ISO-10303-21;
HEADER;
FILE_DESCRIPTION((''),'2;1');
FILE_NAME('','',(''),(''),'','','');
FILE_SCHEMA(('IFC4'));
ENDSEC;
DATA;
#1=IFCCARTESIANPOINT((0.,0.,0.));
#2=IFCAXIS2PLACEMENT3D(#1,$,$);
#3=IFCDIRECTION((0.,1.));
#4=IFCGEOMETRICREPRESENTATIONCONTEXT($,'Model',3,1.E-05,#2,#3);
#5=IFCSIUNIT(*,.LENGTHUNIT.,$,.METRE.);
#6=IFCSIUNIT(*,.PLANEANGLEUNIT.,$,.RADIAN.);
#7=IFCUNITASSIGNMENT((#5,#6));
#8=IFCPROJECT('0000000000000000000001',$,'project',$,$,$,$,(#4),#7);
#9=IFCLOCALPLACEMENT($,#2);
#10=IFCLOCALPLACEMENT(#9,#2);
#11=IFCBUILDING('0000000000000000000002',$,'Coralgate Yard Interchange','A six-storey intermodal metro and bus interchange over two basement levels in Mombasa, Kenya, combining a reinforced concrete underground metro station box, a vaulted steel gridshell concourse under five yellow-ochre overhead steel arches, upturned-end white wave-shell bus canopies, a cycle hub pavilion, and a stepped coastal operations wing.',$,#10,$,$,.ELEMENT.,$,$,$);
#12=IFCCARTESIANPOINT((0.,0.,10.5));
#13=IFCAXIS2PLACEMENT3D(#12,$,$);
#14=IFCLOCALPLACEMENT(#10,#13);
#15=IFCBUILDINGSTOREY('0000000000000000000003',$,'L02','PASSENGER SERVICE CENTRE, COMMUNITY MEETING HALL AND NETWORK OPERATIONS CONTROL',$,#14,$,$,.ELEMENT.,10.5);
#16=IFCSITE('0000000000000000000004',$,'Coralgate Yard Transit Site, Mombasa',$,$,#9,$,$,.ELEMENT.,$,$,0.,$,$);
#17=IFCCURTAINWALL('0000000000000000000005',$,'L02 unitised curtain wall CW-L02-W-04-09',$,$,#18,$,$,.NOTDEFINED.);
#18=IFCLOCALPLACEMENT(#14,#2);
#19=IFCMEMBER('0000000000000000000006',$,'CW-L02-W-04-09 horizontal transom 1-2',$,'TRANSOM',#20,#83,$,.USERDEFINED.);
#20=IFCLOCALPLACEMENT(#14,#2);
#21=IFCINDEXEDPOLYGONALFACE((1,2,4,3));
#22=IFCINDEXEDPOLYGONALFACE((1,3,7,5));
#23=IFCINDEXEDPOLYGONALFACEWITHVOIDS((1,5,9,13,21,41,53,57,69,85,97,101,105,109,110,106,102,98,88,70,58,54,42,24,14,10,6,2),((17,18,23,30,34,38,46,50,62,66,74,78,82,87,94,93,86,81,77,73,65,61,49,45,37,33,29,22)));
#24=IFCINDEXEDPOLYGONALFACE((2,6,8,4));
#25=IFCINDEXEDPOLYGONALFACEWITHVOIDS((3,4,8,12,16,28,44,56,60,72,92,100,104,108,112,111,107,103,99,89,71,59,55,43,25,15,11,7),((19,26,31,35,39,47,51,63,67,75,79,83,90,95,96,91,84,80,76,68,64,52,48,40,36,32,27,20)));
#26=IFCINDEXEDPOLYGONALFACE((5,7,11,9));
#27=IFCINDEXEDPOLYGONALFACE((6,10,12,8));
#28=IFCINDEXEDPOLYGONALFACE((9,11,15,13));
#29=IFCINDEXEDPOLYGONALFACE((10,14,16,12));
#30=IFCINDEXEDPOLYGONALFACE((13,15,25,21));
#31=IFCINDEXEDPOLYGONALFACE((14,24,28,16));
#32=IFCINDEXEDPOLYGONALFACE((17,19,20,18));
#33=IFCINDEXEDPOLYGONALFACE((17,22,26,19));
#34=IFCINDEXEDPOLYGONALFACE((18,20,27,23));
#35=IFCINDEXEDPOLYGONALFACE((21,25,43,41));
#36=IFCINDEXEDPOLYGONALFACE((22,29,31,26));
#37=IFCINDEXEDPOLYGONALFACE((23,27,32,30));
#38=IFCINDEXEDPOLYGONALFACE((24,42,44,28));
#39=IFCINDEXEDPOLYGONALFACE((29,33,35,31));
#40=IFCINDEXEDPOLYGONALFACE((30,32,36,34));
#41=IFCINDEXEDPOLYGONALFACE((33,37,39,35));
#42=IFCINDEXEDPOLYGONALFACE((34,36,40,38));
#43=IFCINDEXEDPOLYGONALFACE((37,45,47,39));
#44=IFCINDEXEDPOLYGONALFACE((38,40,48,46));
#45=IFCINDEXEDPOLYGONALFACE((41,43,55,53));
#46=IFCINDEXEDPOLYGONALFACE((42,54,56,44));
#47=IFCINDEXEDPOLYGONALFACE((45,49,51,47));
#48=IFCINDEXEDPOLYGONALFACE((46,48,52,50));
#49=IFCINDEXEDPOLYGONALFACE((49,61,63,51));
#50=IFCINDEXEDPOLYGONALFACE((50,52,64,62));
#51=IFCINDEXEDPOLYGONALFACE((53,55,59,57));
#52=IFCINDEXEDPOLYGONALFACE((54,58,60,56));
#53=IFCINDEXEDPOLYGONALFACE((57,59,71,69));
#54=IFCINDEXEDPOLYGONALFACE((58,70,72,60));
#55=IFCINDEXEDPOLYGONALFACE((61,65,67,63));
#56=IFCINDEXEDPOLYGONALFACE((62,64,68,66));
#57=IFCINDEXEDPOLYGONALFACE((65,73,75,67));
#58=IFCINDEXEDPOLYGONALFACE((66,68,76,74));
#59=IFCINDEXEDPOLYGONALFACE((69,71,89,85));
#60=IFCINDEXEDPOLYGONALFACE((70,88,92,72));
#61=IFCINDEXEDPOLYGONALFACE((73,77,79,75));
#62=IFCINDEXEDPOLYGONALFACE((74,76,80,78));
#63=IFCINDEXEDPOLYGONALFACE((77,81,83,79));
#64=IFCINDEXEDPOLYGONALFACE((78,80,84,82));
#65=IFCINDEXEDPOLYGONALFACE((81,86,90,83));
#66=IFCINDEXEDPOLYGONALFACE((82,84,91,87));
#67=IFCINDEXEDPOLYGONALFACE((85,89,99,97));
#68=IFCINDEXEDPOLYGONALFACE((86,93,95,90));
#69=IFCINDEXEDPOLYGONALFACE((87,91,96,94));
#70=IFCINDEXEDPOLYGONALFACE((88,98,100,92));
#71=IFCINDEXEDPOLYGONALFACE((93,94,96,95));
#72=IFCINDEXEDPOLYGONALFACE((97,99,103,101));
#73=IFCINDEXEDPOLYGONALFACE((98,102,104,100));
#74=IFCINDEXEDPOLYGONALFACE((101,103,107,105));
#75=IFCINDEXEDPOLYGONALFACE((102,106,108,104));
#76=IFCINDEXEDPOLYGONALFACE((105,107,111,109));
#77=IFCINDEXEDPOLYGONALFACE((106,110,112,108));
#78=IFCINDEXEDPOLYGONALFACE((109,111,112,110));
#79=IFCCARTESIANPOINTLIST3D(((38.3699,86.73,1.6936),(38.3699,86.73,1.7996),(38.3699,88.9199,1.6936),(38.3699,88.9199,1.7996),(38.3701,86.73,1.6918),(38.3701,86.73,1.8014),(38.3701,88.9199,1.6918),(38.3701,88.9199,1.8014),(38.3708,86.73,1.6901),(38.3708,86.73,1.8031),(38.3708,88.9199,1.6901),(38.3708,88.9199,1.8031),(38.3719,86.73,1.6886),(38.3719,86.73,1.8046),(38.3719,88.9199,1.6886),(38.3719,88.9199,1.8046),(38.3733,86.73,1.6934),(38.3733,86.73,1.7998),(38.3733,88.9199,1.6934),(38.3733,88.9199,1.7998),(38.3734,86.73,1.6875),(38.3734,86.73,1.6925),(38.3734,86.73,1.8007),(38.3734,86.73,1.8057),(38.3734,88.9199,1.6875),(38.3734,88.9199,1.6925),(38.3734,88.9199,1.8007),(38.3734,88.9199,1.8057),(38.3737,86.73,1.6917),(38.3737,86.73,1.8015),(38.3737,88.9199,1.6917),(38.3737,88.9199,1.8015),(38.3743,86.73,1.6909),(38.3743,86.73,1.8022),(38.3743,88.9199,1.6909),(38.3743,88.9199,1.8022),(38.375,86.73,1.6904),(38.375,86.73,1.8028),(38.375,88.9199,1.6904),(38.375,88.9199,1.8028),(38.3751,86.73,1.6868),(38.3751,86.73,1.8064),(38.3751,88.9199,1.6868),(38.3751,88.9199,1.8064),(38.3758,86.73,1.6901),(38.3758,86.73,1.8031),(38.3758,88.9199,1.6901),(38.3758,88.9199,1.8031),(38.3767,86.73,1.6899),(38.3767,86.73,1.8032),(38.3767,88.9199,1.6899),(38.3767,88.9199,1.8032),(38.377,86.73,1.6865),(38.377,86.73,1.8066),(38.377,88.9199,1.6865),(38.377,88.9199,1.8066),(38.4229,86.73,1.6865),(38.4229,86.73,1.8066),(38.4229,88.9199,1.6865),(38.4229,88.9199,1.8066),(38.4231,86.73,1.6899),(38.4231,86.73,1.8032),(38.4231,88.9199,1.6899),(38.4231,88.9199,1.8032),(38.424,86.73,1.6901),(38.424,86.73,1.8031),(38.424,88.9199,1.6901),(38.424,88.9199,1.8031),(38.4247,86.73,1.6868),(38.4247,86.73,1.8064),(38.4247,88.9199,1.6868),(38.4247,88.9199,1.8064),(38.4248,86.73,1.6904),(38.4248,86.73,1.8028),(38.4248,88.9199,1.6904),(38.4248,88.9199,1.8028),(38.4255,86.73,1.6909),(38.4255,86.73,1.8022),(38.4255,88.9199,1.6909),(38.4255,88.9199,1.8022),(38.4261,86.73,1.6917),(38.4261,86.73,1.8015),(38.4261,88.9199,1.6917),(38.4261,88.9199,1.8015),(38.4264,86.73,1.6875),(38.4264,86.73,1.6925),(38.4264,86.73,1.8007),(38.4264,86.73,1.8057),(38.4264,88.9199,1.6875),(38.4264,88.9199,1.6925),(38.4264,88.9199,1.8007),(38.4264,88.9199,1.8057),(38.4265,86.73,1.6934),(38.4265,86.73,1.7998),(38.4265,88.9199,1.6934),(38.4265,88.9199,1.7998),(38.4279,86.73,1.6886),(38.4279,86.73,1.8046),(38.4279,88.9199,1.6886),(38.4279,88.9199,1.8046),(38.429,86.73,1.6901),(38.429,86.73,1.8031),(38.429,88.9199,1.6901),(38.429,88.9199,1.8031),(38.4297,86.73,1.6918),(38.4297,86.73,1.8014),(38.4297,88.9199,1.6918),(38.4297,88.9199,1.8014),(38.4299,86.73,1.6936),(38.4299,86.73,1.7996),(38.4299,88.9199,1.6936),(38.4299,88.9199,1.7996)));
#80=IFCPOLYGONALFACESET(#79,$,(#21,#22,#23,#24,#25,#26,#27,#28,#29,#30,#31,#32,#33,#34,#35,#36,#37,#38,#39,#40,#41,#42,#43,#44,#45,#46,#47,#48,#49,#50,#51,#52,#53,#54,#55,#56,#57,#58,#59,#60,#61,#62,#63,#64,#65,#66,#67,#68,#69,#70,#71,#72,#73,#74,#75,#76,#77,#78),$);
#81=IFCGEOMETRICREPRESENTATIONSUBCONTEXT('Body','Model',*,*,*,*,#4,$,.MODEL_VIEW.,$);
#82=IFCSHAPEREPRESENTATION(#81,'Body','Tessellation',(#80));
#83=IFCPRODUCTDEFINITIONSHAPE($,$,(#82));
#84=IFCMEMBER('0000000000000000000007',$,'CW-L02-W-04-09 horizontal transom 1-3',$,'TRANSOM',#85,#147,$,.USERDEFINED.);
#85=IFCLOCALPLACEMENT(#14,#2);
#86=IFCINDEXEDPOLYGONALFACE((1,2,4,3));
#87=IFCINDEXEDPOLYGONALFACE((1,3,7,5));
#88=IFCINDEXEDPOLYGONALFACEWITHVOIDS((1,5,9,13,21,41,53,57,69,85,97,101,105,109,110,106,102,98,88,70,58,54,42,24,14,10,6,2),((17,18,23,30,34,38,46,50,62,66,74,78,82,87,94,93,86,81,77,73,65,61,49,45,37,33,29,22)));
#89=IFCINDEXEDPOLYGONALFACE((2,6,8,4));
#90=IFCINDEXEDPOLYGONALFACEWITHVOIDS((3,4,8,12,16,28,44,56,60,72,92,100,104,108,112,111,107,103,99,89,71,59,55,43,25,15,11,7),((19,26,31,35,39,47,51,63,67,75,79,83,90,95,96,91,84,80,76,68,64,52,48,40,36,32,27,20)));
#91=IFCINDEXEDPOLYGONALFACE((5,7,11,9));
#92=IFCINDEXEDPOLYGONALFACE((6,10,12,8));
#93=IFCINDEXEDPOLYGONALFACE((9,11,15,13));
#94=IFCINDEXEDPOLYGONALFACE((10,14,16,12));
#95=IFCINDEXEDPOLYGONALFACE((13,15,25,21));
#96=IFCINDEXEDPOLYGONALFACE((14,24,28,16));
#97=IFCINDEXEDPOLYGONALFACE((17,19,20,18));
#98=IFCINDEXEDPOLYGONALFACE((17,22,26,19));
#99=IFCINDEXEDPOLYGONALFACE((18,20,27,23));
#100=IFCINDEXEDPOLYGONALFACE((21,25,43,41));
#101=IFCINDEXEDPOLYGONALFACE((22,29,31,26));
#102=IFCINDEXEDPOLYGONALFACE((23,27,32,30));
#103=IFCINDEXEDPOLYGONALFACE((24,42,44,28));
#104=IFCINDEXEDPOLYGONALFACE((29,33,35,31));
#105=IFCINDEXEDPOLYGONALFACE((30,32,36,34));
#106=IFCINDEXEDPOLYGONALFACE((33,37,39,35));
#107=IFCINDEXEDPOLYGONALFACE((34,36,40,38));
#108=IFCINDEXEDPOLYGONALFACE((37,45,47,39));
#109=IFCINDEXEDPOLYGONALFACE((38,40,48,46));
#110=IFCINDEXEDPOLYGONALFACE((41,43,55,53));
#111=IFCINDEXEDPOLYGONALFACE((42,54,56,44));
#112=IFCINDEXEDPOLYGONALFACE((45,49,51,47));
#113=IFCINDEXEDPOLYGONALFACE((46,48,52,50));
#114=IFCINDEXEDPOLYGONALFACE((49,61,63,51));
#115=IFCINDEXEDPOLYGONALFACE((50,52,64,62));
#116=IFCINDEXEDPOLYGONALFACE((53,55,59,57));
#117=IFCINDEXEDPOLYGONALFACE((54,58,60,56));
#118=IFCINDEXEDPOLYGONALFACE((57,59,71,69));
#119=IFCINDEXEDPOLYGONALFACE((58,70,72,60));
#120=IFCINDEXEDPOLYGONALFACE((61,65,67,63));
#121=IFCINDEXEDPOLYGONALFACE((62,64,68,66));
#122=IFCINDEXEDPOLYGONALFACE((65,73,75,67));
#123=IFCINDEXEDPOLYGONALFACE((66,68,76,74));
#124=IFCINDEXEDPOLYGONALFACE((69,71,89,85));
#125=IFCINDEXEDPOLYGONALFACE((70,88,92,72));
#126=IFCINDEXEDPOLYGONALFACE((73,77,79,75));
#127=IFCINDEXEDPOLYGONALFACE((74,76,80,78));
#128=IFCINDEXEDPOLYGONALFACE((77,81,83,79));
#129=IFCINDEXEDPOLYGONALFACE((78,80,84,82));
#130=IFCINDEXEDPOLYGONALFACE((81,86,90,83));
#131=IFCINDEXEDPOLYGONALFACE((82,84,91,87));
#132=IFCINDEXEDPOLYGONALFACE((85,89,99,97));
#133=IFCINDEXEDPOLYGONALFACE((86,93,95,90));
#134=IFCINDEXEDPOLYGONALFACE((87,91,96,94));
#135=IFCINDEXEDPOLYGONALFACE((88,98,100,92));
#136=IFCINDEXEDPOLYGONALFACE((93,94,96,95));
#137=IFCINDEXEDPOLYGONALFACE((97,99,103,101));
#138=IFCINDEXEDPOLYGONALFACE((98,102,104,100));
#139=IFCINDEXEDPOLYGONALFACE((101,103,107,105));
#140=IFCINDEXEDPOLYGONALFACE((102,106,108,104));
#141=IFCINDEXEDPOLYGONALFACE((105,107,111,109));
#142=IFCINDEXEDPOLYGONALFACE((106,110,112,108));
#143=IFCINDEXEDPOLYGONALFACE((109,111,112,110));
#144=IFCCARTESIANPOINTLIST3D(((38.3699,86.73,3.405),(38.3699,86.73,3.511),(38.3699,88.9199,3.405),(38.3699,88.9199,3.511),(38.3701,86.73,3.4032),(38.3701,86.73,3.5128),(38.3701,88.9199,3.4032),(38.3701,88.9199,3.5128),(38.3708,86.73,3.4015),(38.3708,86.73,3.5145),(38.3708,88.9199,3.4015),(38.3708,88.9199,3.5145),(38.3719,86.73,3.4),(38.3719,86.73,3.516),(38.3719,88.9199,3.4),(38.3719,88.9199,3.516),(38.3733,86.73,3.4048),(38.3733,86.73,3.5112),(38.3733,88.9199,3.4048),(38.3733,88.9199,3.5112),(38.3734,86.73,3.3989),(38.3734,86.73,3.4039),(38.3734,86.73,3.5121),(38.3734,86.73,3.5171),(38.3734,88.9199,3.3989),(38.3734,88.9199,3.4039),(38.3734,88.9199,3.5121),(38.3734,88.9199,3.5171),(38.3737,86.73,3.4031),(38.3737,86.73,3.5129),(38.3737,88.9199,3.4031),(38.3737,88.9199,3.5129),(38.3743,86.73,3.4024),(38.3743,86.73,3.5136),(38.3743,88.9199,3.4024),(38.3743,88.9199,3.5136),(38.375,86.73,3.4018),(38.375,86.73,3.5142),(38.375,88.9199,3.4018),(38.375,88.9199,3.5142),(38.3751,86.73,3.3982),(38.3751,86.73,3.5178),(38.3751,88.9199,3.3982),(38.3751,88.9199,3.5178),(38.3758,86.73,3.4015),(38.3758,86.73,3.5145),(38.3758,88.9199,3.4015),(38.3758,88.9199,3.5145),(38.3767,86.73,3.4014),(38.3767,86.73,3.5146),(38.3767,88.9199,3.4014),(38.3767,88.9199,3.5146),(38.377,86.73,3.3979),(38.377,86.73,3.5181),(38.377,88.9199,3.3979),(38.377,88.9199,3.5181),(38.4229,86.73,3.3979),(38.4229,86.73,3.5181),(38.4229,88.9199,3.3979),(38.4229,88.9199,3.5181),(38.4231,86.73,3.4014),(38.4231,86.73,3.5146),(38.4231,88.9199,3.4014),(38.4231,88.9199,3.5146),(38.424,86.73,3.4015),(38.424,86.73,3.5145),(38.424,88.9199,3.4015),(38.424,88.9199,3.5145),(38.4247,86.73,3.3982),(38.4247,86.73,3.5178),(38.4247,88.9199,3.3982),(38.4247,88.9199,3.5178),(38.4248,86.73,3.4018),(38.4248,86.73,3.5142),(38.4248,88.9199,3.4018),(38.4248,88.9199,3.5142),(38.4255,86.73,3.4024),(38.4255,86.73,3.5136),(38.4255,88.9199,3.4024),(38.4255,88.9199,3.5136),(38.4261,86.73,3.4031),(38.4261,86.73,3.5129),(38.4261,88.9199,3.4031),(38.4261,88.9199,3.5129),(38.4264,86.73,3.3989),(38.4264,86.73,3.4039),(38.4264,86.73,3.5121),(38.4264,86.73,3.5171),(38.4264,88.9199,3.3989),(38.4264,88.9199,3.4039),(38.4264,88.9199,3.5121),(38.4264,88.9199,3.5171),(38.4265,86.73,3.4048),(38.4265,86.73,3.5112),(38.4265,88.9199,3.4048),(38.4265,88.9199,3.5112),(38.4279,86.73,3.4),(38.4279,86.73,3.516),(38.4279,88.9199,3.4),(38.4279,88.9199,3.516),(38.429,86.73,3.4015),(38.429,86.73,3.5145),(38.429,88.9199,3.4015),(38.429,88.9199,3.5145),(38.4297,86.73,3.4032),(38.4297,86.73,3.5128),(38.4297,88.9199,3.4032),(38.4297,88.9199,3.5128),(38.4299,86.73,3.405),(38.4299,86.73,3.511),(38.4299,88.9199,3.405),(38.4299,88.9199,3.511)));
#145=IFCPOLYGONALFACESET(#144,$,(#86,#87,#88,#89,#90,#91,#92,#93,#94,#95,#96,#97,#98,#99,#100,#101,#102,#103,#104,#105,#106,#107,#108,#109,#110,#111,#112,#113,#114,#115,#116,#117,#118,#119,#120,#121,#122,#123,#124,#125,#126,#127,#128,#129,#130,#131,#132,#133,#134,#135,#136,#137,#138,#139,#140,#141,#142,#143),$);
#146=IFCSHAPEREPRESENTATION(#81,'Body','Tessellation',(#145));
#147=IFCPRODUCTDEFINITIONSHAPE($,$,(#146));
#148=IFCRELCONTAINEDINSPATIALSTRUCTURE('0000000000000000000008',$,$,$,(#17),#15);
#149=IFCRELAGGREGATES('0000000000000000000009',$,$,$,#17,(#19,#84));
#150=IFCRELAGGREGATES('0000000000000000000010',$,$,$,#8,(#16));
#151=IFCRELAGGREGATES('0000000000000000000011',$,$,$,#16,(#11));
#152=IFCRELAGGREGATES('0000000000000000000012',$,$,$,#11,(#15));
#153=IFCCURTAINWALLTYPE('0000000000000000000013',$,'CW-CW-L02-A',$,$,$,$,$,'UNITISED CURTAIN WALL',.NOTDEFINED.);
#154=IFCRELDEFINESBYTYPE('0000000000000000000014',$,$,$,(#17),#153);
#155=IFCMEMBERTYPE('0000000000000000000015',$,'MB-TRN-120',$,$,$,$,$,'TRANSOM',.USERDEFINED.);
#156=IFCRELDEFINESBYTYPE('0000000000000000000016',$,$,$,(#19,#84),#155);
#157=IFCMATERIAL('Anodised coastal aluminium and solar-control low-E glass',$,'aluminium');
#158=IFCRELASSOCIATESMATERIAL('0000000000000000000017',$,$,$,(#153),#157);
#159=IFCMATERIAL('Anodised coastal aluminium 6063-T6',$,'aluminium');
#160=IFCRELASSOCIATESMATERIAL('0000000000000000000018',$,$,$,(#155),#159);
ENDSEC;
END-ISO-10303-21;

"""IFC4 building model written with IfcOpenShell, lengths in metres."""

from ifc_helpers import new_model, si_unit, direction, frame, origin, origin_2d, place, context, subcontext, project, spatial, hollow_rectangle, extrude, material, material_profile, profile_set, type_object, element, aggregate, save


model = new_model("IFC4")

# Units and contexts
model_context = context("Model", 3, precision=1e-05, world=origin(), true_north=direction((0.0, 1.0)))
body_context = subcontext(model_context, "Body", "Model", "MODEL_VIEW")
ifc_project = project(units=[si_unit("LENGTHUNIT", "METRE"), si_unit("PLANEANGLEUNIT", "RADIAN")], contexts=[model_context])

# Site, building, storey
site_placement = place(None, origin())
site = spatial("IfcSite", under=ifc_project, at=site_placement, Name="Coralgate Yard Transit Site, Mombasa", CompositionType="ELEMENT", RefElevation=0.0)
building_placement = place(site_placement, origin())
building = spatial("IfcBuilding", under=site, at=building_placement, Name="Coralgate Yard Interchange", Description="A six-storey intermodal metro and bus interchange over two basement levels in Mombasa, Kenya, combining a reinforced concrete underground metro station box, a vaulted steel gridshell concourse under five yellow-ochre overhead steel arches, upturned-end white wave-shell bus canopies, a cycle hub pavilion, and a stepped coastal operations wing.", CompositionType="ELEMENT")
storey_placement = place(building_placement, frame((0.0, 0.0, 10.5)))
storey = spatial("IfcBuildingStorey", under=building, at=storey_placement, Name="L02", Description="PASSENGER SERVICE CENTRE, COMMUNITY MEETING HALL AND NETWORK OPERATIONS CONTROL", CompositionType="ELEMENT", Elevation=10.5)

# Shared definitions
ifc_material_1 = material(Name="Anodised coastal aluminium and solar-control low-E glass", Category="aluminium")
curtain_wall_type_1 = type_object("IfcCurtainWallType", Name="CW-CW-L02-A", ElementType="UNITISED CURTAIN WALL", PredefinedType="NOTDEFINED", material=ifc_material_1)
ifc_material_2 = material(Name="Anodised coastal aluminium 6063-T6", Category="aluminium")

# Curtain wall
curtain_wall_1_placement = place(storey_placement, origin())
curtain_wall_1 = element("IfcCurtainWall", 1, at=curtain_wall_1_placement, inside=storey, type_object=curtain_wall_type_1, Name="L02 unitised curtain wall CW-L02-W-04-09", PredefinedType="NOTDEFINED")

# Members
ifc_material_profile_1 = material_profile(ifc_material_2, hollow_rectangle(XDim=0.0601, YDim=0.1201, WallThickness=0.0034, InnerFilletRadius=0.0034, OuterFilletRadius=0.0071, at=origin_2d()), Name="ALU 60x120x3.5")
ifc_profile_set_1 = profile_set([ifc_material_profile_1], Name="Anodised coastal aluminium 6063-T6")
member_type_1 = type_object("IfcMemberType", Name="MB-TRN-120", ElementType="TRANSOM", PredefinedType="USERDEFINED", material=ifc_profile_set_1)
member_1_placement = place(storey_placement, frame((38.3999, 86.73, 1.7466), z_axis=(0.0, 1.0, 0.0), x_axis=(-1.0, 0.0, 0.0)))
member_1 = element("IfcMember", 2, at=member_1_placement, type_object=member_type_1, Name="CW-L02-W-04-09 horizontal transom 1-2", ObjectType="TRANSOM", PredefinedType="USERDEFINED", context=body_context, shape_type="SweptSolid", body=[
    extrude(hollow_rectangle(XDim=0.0601, YDim=0.1201, WallThickness=0.0034, InnerFilletRadius=0.0034, OuterFilletRadius=0.0071, at=origin_2d()), origin(), (0.0, 0.0, 1.0), 2.1899),
])
member_2_placement = place(storey_placement, frame((38.3999, 86.73, 3.458), z_axis=(0.0, 1.0, 0.0), x_axis=(-1.0, 0.0, 0.0)))
member_2 = element("IfcMember", 3, at=member_2_placement, type_object=member_type_1, Name="CW-L02-W-04-09 horizontal transom 1-3", ObjectType="TRANSOM", PredefinedType="USERDEFINED", context=body_context, shape_type="SweptSolid", body=[
    extrude(hollow_rectangle(XDim=0.0601, YDim=0.1201, WallThickness=0.0034, InnerFilletRadius=0.0034, OuterFilletRadius=0.0071, at=origin_2d()), origin(), (0.0, 0.0, 1.0), 2.1899),
])

aggregate(curtain_wall_1, [member_1, member_2])

save(model, "model.ifc")
